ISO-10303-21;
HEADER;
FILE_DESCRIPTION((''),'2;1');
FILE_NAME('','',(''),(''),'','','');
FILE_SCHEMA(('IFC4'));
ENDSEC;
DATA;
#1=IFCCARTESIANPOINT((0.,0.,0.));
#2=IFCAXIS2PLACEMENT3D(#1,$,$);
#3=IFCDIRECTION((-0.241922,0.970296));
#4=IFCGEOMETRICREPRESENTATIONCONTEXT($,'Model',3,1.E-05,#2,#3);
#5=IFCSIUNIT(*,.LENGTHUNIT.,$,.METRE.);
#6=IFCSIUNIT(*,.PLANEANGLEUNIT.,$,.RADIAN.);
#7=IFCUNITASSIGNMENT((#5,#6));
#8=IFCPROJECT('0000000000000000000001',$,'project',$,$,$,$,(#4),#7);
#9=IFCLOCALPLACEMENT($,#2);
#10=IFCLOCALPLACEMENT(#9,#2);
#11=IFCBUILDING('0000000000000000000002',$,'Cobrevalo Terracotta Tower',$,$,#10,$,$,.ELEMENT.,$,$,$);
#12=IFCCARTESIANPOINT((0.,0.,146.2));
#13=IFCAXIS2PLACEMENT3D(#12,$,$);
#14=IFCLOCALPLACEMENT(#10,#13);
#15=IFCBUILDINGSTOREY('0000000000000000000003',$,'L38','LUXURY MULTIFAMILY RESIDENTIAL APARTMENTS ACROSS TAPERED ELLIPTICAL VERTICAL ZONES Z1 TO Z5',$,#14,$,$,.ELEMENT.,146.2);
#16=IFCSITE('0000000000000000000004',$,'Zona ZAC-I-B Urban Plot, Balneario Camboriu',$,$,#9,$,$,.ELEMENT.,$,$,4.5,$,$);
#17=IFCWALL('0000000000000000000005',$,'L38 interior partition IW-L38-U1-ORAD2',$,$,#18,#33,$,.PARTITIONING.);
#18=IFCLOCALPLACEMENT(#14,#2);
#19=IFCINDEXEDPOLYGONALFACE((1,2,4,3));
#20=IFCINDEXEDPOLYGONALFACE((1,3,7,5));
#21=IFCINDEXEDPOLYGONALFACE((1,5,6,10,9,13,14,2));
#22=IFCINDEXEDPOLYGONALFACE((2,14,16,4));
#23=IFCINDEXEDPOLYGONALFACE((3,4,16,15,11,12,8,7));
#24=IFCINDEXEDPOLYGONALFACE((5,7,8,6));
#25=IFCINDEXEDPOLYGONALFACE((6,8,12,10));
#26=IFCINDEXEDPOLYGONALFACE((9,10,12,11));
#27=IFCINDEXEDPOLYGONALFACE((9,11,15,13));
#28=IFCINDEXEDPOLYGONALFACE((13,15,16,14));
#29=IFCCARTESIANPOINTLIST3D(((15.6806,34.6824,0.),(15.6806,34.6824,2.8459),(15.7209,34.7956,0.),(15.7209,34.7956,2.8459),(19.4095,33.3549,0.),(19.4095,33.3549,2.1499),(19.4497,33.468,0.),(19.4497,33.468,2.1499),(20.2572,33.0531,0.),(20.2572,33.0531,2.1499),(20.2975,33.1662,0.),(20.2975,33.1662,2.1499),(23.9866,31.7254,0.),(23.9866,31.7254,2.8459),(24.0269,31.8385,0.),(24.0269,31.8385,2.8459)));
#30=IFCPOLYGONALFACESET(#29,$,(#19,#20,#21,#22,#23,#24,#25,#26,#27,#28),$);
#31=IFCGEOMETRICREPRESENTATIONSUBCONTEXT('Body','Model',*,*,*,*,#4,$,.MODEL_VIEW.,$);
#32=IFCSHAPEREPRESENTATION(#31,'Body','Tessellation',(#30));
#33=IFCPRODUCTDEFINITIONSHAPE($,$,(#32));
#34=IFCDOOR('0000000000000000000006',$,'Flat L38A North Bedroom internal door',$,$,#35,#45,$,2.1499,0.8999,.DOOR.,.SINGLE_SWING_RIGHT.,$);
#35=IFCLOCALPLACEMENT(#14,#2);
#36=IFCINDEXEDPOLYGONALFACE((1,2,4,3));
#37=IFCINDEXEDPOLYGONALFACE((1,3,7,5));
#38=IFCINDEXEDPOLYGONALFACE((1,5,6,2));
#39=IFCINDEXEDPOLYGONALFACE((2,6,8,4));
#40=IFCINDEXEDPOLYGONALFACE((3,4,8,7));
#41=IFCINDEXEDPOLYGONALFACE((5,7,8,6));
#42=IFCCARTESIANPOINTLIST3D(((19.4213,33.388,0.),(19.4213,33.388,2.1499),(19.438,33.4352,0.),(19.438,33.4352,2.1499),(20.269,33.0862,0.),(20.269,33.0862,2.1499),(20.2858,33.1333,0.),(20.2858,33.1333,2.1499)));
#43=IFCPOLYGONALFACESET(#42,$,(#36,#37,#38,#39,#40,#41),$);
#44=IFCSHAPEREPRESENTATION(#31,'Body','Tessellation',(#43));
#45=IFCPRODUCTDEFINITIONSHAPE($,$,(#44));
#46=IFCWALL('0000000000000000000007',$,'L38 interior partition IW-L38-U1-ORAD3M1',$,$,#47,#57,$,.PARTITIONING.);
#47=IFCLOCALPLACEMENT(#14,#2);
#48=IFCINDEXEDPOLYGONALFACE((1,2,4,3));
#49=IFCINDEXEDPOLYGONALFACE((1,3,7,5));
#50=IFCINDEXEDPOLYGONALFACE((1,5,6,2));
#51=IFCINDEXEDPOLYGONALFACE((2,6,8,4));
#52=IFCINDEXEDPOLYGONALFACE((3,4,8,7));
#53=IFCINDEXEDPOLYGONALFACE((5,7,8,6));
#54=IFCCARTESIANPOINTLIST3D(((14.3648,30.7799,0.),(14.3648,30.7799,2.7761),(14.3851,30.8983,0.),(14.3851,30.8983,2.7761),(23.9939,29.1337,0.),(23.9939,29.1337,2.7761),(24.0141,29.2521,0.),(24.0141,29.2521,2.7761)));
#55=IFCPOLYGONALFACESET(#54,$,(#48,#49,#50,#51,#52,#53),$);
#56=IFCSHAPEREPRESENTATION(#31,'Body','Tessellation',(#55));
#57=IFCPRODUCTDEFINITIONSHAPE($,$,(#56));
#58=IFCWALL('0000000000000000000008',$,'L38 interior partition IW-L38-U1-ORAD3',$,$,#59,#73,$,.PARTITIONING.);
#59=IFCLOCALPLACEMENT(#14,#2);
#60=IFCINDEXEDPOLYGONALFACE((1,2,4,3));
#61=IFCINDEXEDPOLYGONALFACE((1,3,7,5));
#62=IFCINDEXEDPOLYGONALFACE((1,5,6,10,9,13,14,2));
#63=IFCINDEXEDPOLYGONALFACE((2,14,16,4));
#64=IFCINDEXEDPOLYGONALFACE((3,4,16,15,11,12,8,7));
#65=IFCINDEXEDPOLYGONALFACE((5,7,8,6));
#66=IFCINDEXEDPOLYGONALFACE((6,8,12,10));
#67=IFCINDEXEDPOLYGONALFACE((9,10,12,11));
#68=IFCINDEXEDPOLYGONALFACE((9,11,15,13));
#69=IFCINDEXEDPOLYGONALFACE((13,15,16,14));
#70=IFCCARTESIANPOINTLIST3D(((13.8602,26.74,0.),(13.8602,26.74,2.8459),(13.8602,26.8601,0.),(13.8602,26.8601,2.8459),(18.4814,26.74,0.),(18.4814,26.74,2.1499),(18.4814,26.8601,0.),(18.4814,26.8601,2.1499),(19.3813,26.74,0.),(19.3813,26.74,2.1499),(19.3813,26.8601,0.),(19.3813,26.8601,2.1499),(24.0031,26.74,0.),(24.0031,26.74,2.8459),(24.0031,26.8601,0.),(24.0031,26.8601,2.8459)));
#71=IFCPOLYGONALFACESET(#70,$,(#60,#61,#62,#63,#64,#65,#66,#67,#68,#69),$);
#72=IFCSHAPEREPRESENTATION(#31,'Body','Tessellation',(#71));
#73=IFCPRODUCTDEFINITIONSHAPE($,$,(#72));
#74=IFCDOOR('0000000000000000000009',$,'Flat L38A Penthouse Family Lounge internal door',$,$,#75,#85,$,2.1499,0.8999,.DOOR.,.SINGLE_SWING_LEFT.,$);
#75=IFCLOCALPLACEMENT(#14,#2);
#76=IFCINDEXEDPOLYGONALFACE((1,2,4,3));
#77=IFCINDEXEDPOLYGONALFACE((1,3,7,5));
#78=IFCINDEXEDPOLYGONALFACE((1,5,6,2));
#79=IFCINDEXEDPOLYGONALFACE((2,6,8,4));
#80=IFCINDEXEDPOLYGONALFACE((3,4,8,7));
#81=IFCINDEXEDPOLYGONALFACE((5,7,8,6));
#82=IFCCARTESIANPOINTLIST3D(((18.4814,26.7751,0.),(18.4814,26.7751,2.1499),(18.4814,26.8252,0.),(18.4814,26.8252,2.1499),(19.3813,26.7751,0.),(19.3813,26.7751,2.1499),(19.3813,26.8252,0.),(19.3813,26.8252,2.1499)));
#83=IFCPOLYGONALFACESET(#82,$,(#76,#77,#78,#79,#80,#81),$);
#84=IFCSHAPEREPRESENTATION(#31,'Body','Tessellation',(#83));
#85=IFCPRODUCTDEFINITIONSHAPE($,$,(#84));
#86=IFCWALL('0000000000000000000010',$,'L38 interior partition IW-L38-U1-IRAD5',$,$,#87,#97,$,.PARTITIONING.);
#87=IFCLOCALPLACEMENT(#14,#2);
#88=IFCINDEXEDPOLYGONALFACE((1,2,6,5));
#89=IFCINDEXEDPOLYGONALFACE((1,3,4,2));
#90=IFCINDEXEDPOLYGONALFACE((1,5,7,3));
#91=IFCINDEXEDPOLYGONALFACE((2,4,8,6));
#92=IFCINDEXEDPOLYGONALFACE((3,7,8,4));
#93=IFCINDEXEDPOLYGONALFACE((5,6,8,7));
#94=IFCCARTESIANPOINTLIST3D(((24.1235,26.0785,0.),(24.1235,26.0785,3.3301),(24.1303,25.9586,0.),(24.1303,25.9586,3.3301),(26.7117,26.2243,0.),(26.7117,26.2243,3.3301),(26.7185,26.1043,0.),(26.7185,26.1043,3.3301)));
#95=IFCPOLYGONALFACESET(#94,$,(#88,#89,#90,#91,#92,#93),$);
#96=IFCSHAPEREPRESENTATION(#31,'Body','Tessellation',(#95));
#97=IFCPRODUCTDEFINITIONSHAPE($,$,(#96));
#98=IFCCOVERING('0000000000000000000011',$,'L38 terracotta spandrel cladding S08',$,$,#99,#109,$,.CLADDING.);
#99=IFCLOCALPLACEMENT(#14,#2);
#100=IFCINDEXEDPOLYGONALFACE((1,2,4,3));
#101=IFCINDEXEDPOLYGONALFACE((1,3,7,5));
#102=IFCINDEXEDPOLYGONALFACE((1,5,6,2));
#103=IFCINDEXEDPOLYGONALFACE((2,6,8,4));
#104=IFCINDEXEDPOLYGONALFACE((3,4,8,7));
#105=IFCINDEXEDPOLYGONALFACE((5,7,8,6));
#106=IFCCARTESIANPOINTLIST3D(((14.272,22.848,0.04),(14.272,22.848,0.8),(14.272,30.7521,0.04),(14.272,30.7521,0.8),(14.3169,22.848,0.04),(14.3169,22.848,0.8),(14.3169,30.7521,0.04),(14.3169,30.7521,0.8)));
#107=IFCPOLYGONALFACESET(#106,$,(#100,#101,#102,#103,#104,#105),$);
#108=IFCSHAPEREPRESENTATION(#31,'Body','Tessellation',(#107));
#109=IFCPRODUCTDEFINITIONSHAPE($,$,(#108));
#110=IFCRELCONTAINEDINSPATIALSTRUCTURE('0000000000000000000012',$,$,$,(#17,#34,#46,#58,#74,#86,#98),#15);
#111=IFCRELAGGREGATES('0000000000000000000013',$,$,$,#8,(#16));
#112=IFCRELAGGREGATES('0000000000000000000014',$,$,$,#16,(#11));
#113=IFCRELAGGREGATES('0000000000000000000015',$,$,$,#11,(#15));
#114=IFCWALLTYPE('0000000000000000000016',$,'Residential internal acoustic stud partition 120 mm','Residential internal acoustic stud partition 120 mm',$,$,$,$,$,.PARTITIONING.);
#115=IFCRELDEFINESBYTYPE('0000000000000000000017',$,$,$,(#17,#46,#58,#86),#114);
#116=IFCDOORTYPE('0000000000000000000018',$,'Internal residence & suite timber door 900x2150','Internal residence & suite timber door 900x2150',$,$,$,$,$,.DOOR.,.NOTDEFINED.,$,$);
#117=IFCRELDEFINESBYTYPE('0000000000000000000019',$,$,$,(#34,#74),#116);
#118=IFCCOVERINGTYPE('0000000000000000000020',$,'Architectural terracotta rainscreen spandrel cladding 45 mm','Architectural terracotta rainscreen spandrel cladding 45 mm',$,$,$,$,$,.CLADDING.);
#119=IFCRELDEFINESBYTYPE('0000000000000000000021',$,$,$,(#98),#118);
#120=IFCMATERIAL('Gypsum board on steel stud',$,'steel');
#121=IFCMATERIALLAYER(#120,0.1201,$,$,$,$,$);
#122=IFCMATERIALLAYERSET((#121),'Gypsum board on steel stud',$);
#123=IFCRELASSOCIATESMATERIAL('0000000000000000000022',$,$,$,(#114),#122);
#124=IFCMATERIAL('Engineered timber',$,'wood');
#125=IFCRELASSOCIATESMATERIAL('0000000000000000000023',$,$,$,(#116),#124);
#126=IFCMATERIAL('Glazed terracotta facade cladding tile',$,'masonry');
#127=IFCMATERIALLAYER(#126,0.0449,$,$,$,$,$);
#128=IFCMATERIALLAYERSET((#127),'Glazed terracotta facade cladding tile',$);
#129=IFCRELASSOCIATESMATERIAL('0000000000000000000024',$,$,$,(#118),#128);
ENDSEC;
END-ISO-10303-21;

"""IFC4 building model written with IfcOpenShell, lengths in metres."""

from ifc_helpers import new_model, si_unit, direction, frame, frame_2d, origin, origin_2d, place, context, subcontext, project, spatial, rectangle, extrude, source, transform, mapped, material, layer, layer_set, type_object, element, fill, save


model = new_model("IFC4")

# Units and contexts
model_context = context("Model", 3, precision=1e-05, world=origin(), true_north=direction((-0.241922, 0.970296)))
body_context = subcontext(model_context, "Body", "Model", "MODEL_VIEW")
ifc_project = project(units=[si_unit("LENGTHUNIT", "METRE"), si_unit("PLANEANGLEUNIT", "RADIAN")], contexts=[model_context])

# Site, building, storey
site_placement = place(None, origin())
site = spatial("IfcSite", under=ifc_project, at=site_placement, Name="Zona ZAC-I-B Urban Plot, Balneario Camboriu", CompositionType="ELEMENT", RefElevation=4.5)
building_placement = place(site_placement, origin())
building = spatial("IfcBuilding", under=site, at=building_placement, Name="Cobrevalo Terracotta Tower", CompositionType="ELEMENT")
storey_placement = place(building_placement, frame((0.0, 0.0, 146.2)))
storey = spatial("IfcBuildingStorey", under=building, at=storey_placement, Name="L38", Description="LUXURY MULTIFAMILY RESIDENTIAL APARTMENTS ACROSS TAPERED ELLIPTICAL VERTICAL ZONES Z1 TO Z5", CompositionType="ELEMENT", Elevation=146.2)

# Wall, opening, door
ifc_material_1 = material(Name="Gypsum board on steel stud", Category="steel")
ifc_layer_1 = layer(ifc_material_1, 0.1201)
ifc_layer_set_1 = layer_set([ifc_layer_1], Name="Gypsum board on steel stud")
wall_type_1 = type_object("IfcWallType", Name="Residential internal acoustic stud partition 120 mm", Description="Residential internal acoustic stud partition 120 mm", PredefinedType="PARTITIONING", material=ifc_layer_set_1)
wall_1_placement = place(storey_placement, frame((24.0066, 31.782, 0.0), z_axis=(0.0, 0.0, 1.0), x_axis=(-0.942078, 0.335394, 0.0)))
wall_1 = element("IfcWall", 1, at=wall_1_placement, inside=storey, type_object=wall_type_1, Name="L38 interior partition IW-L38-U1-ORAD2", PredefinedType="PARTITIONING", context=body_context, shape_type="SweptSolid", body=[
    extrude(rectangle(XDim=8.8167, YDim=0.1201, at=frame_2d((4.4082, 0.0))), origin(), (0.0, 0.0, 1.0), 2.8459),
])
opening_1_placement = place(wall_1_placement, frame((3.9585, 0.0, 0.0)))
opening_1 = element("IfcOpeningElement", 2, at=opening_1_placement, cuts=wall_1, PredefinedType="OPENING", context=body_context, shape_type="SweptSolid", body=[
    extrude(rectangle(XDim=0.8999, YDim=2.1499, at=frame_2d((0.45, 1.075))), frame((0.0, 0.0701, 0.0), z_axis=(0.0, -1.0, 0.0), x_axis=(1.0, 0.0, 0.0)), (0.0, 0.0, 1.0), 0.1401),
])
ifc_material_2 = material(Name="Engineered timber", Category="wood")
door_type = type_object("IfcDoorType", Name="Internal residence & suite timber door 900x2150", Description="Internal residence & suite timber door 900x2150", OperationType="NOTDEFINED", PredefinedType="DOOR", material=ifc_material_2)
shared_shape_1 = source(origin(), body_context, "Body", "SweptSolid", [
    extrude(rectangle(XDim=0.8999, YDim=2.1499, at=frame_2d((0.45, 1.075))), frame((0.0, 0.0249, 0.0), z_axis=(0.0, -1.0, 0.0), x_axis=(1.0, 0.0, 0.0)), (0.0, 0.0, 1.0), 0.05),
])
door_1_placement = place(opening_1_placement, origin())
door_1 = element("IfcDoor", 3, at=door_1_placement, inside=storey, type_object=door_type, Name="Flat L38A North Bedroom internal door", OperationType="SINGLE_SWING_RIGHT", OverallHeight=2.1499, OverallWidth=0.8999, PredefinedType="DOOR", context=body_context, shape_type="MappedRepresentation", body=[
    mapped(shared_shape_1, transform((0.0, 0.0, 0.0), scale=1.0)),
])
fill(opening_1, door_1)

# Wall
wall_2_placement = place(storey_placement, frame((24.0039, 29.1929, 0.0), z_axis=(0.0, 0.0, 1.0), x_axis=(-0.985698, 0.168519, 0.0)))
element("IfcWall", 4, at=wall_2_placement, inside=storey, type_object=wall_type_1, Name="L38 interior partition IW-L38-U1-ORAD3M1", PredefinedType="PARTITIONING", context=body_context, shape_type="SweptSolid", body=[
    extrude(rectangle(XDim=9.7688, YDim=0.1201, at=frame_2d((4.8843, 0.0))), origin(), (0.0, 0.0, 1.0), 2.7761),
])

# Wall, opening, door
wall_3_placement = place(storey_placement, frame((24.0029, 26.8, 0.0), z_axis=(0.0, 0.0, 1.0), x_axis=(-1.0, 0.0, 0.0)))
wall_3 = element("IfcWall", 5, at=wall_3_placement, inside=storey, type_object=wall_type_1, Name="L38 interior partition IW-L38-U1-ORAD3", PredefinedType="PARTITIONING", context=body_context, shape_type="SweptSolid", body=[
    extrude(rectangle(XDim=10.1428, YDim=0.1201, at=frame_2d((5.0713, 0.0))), origin(), (0.0, 0.0, 1.0), 2.8459),
])
opening_2_placement = place(wall_3_placement, frame((4.6216, 0.0, 0.0)))
opening_2 = element("IfcOpeningElement", 6, at=opening_2_placement, cuts=wall_3, PredefinedType="OPENING", context=body_context, shape_type="SweptSolid", body=[
    extrude(rectangle(XDim=0.8999, YDim=2.1499, at=frame_2d((0.45, 1.075))), frame((0.0, 0.0701, 0.0), z_axis=(0.0, -1.0, 0.0), x_axis=(1.0, 0.0, 0.0)), (0.0, 0.0, 1.0), 0.1401),
])
door_2_placement = place(opening_2_placement, origin())
door_2 = element("IfcDoor", 7, at=door_2_placement, inside=storey, type_object=door_type, Name="Flat L38A Penthouse Family Lounge internal door", OperationType="SINGLE_SWING_LEFT", OverallHeight=2.1499, OverallWidth=0.8999, PredefinedType="DOOR", context=body_context, shape_type="MappedRepresentation", body=[
    mapped(shared_shape_1, transform((0.0, 0.0, 0.0), scale=1.0)),
])
fill(opening_2, door_2)

# Wall
wall_4_placement = place(storey_placement, frame((26.7151, 26.1643, 0.0), z_axis=(0.0, 0.0, 1.0), x_axis=(-0.998418, -0.056226, 0.0)))
element("IfcWall", 8, at=wall_4_placement, inside=storey, type_object=wall_type_1, Name="L38 interior partition IW-L38-U1-IRAD5", PredefinedType="PARTITIONING", context=body_context, shape_type="SweptSolid", body=[
    extrude(rectangle(XDim=2.5923, YDim=0.1201, at=frame_2d((1.2961, 0.0))), origin(), (0.0, 0.0, 1.0), 3.3301),
])

# Covering
ifc_material_3 = material(Name="Glazed terracotta facade cladding tile", Category="masonry")
ifc_layer_2 = layer(ifc_material_3, 0.0449)
ifc_layer_set_2 = layer_set([ifc_layer_2], Name="Glazed terracotta facade cladding tile")
covering_type = type_object("IfcCoveringType", Name="Architectural terracotta rainscreen spandrel cladding 45 mm", Description="Architectural terracotta rainscreen spandrel cladding 45 mm", PredefinedType="CLADDING", material=ifc_layer_set_2)
shared_shape_2 = source(origin(), body_context, "Body", "SweptSolid", [
    extrude(rectangle(XDim=7.9041, YDim=0.0449, at=origin_2d()), origin(), (0.0, 0.0, 1.0), 0.76),
])
covering_placement = place(storey_placement, frame((14.2944, 26.8, 0.04), z_axis=(0.0, 0.0, 1.0), x_axis=(0.0, -1.0, 0.0)))
element("IfcCovering", 9, at=covering_placement, inside=storey, type_object=covering_type, Name="L38 terracotta spandrel cladding S08", PredefinedType="CLADDING", context=body_context, shape_type="MappedRepresentation", body=[
    mapped(shared_shape_2, transform((0.0, 0.0, 0.0), scale=1.0)),
])

save(model, "model.ifc")
